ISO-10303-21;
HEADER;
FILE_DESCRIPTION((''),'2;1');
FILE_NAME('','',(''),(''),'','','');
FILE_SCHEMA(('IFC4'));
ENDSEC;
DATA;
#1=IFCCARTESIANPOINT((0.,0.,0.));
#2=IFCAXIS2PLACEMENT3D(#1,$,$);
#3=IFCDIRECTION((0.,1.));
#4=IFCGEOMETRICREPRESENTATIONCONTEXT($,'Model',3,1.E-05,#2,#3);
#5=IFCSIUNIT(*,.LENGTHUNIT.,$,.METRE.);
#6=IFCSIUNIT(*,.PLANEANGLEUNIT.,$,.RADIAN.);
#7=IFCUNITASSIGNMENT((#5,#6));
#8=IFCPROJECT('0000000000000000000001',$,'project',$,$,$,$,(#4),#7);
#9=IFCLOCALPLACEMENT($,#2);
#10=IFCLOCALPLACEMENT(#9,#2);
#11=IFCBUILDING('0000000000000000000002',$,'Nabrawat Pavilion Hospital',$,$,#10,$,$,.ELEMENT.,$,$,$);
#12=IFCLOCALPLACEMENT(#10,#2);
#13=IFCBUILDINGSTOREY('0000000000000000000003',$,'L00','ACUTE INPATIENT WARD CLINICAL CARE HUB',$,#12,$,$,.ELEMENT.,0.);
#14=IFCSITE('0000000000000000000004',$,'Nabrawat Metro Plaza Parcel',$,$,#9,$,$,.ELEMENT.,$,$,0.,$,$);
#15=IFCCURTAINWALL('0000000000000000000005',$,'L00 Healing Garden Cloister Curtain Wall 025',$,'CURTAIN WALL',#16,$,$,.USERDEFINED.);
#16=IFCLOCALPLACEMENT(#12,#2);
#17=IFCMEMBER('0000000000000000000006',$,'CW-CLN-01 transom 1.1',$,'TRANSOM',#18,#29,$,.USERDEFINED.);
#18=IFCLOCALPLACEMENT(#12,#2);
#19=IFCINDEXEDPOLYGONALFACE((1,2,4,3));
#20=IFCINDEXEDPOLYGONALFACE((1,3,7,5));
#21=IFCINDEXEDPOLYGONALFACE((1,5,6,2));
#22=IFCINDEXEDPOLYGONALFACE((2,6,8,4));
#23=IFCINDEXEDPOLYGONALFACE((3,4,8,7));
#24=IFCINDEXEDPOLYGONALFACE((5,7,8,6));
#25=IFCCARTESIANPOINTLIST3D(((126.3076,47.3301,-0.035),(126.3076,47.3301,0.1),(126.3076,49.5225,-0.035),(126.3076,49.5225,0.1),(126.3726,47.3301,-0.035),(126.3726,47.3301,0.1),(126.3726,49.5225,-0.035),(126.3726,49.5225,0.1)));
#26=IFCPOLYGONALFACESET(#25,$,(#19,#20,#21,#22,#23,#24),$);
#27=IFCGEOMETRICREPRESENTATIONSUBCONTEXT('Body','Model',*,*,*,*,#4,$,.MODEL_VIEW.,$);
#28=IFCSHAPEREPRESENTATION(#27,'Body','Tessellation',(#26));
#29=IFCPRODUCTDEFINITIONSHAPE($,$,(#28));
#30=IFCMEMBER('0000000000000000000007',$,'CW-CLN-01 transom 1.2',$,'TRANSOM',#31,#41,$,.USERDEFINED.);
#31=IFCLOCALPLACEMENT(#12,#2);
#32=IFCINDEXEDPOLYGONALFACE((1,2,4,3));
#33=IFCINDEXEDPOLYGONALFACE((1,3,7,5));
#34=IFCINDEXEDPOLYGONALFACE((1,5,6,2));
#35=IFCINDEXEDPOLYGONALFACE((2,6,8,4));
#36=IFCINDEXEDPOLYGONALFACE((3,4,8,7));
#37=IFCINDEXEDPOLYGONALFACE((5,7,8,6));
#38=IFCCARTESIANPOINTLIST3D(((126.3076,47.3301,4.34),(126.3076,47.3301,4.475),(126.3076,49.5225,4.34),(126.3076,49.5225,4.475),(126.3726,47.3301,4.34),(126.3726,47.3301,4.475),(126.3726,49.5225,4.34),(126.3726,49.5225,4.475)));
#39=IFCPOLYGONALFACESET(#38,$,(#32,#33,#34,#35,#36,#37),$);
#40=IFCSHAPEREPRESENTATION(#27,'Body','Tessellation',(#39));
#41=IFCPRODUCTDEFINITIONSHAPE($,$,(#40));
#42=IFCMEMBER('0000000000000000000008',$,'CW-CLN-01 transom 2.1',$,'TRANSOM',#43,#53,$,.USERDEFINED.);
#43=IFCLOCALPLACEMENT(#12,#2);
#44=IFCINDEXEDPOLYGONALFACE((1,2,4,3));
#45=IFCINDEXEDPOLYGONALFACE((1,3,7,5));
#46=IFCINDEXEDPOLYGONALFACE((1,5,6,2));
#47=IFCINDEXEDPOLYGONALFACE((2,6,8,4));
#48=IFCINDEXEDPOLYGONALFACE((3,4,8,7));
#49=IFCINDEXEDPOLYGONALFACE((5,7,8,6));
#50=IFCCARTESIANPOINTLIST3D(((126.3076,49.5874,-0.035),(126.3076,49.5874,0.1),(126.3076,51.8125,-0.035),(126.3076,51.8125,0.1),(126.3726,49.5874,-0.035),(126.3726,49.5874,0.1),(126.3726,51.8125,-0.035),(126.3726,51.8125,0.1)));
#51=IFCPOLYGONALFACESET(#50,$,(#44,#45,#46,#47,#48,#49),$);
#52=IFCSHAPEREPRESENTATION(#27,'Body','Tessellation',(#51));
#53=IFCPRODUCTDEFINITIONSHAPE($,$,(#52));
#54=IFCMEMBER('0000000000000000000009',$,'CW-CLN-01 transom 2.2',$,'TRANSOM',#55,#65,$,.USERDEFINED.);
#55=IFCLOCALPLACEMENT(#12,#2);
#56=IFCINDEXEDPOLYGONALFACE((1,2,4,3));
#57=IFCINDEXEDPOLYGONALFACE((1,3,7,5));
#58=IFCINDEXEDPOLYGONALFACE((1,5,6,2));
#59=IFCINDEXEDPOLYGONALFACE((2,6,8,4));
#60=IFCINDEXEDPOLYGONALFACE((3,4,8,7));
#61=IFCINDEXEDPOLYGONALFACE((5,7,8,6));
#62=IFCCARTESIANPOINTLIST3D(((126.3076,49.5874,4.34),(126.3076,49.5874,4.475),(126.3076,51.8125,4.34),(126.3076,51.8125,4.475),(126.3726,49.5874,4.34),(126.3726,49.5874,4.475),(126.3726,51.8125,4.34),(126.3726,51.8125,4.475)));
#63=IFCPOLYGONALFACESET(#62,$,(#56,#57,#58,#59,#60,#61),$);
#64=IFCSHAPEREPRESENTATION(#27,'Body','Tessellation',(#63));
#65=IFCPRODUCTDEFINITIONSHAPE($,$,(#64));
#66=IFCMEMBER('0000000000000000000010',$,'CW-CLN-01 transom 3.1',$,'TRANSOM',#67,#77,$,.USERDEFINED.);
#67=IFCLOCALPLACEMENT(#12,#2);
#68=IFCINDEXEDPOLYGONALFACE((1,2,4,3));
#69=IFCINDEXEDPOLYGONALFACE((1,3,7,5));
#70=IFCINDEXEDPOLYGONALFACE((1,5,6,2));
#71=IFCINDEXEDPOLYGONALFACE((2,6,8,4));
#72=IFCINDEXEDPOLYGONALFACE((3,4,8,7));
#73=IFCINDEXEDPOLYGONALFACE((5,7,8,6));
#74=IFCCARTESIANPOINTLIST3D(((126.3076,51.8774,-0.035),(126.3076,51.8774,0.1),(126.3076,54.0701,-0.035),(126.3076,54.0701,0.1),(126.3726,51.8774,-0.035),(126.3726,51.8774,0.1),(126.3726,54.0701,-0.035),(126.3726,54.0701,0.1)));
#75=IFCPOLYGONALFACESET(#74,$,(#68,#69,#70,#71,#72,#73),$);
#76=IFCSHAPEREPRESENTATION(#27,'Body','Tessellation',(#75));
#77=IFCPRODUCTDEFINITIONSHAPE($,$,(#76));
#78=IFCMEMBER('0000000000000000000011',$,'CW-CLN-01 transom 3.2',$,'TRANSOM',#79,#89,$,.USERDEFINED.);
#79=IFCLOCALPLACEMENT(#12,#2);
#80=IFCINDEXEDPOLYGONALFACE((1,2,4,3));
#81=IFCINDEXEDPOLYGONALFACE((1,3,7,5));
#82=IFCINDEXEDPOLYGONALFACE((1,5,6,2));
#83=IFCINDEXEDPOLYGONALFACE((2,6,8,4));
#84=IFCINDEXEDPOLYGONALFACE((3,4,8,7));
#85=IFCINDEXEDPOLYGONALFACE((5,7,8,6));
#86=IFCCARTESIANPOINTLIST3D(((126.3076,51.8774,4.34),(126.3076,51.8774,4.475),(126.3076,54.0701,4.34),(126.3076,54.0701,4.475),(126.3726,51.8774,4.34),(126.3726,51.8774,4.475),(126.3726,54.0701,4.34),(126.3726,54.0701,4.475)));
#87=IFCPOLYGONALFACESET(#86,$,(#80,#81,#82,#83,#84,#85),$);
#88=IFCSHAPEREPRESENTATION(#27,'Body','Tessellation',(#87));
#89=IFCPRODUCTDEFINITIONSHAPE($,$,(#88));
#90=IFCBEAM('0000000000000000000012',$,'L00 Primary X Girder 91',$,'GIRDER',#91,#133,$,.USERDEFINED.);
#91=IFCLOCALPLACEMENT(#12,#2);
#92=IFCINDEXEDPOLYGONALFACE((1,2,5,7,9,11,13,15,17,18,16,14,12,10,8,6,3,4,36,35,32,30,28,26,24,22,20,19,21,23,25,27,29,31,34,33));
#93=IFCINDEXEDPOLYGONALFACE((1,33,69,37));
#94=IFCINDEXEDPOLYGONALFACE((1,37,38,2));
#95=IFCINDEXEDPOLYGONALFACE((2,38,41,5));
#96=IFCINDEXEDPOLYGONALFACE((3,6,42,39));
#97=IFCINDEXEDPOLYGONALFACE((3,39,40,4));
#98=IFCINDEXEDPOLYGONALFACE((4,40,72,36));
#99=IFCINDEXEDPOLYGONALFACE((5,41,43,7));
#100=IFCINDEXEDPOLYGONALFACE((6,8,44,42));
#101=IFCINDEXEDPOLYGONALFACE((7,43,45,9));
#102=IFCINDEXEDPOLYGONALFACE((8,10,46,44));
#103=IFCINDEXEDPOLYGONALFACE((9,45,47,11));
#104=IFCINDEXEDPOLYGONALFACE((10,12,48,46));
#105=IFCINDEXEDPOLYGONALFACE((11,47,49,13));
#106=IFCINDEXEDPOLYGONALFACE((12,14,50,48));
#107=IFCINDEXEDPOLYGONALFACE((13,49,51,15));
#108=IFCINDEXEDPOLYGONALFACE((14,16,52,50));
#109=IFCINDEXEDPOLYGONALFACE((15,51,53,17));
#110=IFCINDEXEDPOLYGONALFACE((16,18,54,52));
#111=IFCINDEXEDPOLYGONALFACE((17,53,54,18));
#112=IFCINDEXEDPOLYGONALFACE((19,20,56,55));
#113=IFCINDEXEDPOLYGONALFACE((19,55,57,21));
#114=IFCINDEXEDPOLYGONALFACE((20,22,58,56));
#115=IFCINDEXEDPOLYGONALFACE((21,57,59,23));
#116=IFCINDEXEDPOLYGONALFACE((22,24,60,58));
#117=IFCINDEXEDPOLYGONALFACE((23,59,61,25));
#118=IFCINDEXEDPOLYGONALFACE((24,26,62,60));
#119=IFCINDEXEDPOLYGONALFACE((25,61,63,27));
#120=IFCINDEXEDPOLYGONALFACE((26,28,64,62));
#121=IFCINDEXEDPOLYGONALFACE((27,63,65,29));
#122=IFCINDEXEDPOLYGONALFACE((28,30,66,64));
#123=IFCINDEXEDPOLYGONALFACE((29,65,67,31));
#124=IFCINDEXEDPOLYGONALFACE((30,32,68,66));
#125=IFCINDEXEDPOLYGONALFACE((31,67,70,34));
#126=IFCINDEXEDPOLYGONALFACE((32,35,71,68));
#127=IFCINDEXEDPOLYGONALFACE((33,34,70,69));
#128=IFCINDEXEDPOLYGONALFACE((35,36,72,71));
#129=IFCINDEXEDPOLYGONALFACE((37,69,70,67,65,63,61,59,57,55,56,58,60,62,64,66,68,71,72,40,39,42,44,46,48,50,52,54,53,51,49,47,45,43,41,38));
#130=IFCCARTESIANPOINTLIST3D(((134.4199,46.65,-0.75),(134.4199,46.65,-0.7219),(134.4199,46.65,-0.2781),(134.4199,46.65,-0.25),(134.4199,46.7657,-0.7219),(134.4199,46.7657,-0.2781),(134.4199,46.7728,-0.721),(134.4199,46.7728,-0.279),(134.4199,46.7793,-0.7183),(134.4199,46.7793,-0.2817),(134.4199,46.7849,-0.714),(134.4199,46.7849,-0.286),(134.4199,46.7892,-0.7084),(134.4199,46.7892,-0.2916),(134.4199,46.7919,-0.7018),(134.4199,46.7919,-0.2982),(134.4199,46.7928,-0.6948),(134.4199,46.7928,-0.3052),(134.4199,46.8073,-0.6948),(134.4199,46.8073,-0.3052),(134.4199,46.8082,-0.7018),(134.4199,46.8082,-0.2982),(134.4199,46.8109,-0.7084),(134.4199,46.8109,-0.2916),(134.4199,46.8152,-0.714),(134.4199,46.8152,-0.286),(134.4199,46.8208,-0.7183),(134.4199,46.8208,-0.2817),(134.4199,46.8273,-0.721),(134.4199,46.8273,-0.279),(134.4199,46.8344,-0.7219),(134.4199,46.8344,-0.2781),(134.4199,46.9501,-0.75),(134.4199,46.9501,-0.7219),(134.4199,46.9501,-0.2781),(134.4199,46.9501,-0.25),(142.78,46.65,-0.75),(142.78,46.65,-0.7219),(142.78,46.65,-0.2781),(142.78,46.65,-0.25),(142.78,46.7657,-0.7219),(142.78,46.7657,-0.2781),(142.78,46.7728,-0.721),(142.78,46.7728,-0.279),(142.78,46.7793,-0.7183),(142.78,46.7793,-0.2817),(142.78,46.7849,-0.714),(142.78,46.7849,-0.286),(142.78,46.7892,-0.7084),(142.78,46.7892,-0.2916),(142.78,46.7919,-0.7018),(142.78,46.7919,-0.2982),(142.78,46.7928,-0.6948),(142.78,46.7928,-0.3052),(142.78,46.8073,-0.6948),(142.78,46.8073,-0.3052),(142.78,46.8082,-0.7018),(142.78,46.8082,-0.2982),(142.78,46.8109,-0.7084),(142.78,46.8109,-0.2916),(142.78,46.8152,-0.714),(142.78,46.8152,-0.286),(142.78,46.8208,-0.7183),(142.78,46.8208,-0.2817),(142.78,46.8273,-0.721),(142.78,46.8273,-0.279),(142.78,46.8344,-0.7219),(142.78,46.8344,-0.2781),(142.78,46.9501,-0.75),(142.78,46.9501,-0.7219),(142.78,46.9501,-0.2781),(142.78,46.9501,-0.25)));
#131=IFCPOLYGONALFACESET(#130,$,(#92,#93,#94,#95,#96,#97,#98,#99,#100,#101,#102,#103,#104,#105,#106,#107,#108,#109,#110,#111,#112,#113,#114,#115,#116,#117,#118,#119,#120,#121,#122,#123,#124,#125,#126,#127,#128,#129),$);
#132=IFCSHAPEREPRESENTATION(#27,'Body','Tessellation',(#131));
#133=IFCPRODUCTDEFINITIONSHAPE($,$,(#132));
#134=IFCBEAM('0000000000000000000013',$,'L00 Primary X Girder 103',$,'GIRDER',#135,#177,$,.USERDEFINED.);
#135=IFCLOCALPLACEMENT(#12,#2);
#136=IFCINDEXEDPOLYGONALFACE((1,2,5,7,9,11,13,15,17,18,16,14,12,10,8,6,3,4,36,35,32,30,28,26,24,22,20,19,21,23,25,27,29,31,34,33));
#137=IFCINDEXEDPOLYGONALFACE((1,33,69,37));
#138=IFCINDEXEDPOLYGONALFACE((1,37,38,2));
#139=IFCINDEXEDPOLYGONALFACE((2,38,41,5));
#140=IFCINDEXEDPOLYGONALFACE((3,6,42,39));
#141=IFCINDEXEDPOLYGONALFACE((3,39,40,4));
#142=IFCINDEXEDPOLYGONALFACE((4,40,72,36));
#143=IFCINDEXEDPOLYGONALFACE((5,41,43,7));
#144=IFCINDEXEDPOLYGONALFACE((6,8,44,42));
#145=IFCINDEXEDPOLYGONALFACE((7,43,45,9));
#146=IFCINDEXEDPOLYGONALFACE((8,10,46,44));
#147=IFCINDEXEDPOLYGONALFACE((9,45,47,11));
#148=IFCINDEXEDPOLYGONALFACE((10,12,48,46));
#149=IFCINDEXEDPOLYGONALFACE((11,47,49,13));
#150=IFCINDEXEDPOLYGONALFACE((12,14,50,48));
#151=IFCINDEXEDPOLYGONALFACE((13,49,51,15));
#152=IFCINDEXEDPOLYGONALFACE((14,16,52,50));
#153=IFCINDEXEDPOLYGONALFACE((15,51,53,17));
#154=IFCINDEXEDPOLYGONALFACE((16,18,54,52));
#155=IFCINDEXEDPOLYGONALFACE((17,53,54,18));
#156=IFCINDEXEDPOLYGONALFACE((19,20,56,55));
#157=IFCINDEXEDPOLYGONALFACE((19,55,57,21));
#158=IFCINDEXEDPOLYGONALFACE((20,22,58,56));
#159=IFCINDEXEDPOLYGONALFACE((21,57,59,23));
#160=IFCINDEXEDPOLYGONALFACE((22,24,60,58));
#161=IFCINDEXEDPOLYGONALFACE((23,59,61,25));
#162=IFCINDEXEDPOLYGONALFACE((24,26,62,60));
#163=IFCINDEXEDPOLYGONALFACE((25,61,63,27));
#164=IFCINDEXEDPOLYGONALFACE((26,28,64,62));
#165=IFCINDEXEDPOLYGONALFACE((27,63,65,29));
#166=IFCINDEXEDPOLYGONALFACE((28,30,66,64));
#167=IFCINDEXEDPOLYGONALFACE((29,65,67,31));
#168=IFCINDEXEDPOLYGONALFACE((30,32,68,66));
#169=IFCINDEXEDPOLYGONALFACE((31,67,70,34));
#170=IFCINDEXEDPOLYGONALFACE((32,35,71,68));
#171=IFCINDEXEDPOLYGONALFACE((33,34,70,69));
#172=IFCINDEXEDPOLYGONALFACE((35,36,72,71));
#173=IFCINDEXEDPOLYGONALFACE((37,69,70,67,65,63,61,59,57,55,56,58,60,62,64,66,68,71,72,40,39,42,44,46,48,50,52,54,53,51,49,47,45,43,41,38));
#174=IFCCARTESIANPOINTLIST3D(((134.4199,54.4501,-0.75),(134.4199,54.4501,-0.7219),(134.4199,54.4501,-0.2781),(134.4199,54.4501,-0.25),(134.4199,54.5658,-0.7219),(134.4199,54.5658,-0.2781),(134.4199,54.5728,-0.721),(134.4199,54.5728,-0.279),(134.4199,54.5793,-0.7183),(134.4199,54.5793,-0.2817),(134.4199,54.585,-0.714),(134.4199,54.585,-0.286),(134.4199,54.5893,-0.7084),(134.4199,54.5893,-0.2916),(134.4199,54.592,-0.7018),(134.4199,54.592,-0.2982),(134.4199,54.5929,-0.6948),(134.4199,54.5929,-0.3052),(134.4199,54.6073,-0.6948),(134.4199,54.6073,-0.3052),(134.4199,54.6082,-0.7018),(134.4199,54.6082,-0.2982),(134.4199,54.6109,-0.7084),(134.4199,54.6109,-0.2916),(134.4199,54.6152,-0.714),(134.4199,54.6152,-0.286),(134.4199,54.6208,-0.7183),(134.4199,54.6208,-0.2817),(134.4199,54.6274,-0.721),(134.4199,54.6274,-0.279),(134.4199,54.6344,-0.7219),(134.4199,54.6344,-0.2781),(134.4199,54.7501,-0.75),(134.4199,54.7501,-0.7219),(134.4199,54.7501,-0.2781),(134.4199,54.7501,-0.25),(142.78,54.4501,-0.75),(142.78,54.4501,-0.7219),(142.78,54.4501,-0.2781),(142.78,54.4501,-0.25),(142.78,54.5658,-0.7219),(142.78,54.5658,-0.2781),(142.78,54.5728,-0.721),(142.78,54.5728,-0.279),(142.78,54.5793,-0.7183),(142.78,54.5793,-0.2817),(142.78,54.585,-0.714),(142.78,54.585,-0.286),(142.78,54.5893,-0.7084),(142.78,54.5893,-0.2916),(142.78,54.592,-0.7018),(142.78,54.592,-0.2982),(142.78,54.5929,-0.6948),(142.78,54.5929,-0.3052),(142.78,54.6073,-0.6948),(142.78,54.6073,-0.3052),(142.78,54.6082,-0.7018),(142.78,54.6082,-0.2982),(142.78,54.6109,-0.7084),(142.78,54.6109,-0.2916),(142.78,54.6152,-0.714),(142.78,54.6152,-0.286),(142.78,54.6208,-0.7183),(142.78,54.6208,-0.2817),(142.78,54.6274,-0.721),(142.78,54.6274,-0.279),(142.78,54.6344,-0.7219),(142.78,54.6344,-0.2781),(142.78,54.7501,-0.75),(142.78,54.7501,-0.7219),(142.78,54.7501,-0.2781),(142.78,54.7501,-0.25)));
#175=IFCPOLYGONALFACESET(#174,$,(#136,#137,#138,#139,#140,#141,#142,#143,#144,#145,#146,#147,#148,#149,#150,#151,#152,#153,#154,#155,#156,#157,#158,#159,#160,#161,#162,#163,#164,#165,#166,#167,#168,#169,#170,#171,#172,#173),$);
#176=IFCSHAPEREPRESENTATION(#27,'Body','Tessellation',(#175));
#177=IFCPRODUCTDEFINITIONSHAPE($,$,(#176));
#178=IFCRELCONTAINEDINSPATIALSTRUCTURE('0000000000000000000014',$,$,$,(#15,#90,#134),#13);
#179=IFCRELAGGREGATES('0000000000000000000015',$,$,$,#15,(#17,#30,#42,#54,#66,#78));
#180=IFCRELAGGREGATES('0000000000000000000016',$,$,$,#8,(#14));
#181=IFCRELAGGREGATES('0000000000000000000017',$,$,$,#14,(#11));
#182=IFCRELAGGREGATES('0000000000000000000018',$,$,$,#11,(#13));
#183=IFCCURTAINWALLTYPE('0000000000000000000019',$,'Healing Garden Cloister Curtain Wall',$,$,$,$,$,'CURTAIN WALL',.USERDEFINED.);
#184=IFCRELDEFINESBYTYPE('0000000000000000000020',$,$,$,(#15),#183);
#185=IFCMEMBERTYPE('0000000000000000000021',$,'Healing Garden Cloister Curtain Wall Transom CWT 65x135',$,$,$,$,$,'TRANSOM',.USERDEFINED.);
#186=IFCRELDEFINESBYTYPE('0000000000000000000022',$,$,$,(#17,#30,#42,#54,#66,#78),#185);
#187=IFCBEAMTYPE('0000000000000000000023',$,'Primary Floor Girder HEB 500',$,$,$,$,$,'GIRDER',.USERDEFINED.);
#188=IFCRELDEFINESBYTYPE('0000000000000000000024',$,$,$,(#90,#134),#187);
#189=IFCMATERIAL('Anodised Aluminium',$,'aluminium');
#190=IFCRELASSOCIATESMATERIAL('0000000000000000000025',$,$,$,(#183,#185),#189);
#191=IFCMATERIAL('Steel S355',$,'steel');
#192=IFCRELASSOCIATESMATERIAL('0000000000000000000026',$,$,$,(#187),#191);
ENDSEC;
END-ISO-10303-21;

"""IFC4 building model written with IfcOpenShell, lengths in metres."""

from ifc_helpers import new_model, si_unit, direction, frame, origin, origin_2d, place, context, subcontext, project, spatial, rectangle, i_section, extrude, material, material_profile, profile_set, type_object, element, aggregate, save


model = new_model("IFC4")

# Units and contexts
model_context = context("Model", 3, precision=1e-05, world=origin(), true_north=direction((0.0, 1.0)))
body_context = subcontext(model_context, "Body", "Model", "MODEL_VIEW")
ifc_project = project(units=[si_unit("LENGTHUNIT", "METRE"), si_unit("PLANEANGLEUNIT", "RADIAN")], contexts=[model_context])

# Site, building, storey
site_placement = place(None, origin())
site = spatial("IfcSite", under=ifc_project, at=site_placement, Name="Nabrawat Metro Plaza Parcel", CompositionType="ELEMENT", RefElevation=0.0)
building_placement = place(site_placement, origin())
building = spatial("IfcBuilding", under=site, at=building_placement, Name="Nabrawat Pavilion Hospital", CompositionType="ELEMENT")
storey_placement = place(building_placement, origin())
storey = spatial("IfcBuildingStorey", under=building, at=storey_placement, Name="L00", Description="ACUTE INPATIENT WARD CLINICAL CARE HUB", CompositionType="ELEMENT", Elevation=0.0)

# Shared definitions
ifc_material_1 = material(Name="Steel S355", Category="steel")

# Curtain wall, members
ifc_material_2 = material(Name="Anodised Aluminium", Category="aluminium")
curtain_wall_type = type_object("IfcCurtainWallType", Name="Healing Garden Cloister Curtain Wall", ElementType="CURTAIN WALL", PredefinedType="USERDEFINED", material=ifc_material_2)
curtain_wall_placement = place(storey_placement, origin())
curtain_wall = element("IfcCurtainWall", 1, at=curtain_wall_placement, inside=storey, type_object=curtain_wall_type, Name="L00 Healing Garden Cloister Curtain Wall 025", ObjectType="CURTAIN WALL", PredefinedType="USERDEFINED")
ifc_material_profile_1 = material_profile(ifc_material_2, rectangle(XDim=0.0649, YDim=0.135, at=origin_2d()), Name="CWT 65x135")
ifc_profile_set_1 = profile_set([ifc_material_profile_1], Name="Anodised Aluminium")
member_type_1 = type_object("IfcMemberType", Name="Healing Garden Cloister Curtain Wall Transom CWT 65x135", ElementType="TRANSOM", PredefinedType="USERDEFINED", material=ifc_profile_set_1)
member_1_placement = place(storey_placement, frame((126.3401, 47.3301, 0.0325), z_axis=(0.0, 1.0, 0.0), x_axis=(-1.0, 0.0, 0.0)))
member_1 = element("IfcMember", 2, at=member_1_placement, type_object=member_type_1, Name="CW-CLN-01 transom 1.1", ObjectType="TRANSOM", PredefinedType="USERDEFINED", context=body_context, shape_type="SweptSolid", body=[
    extrude(rectangle(XDim=0.0649, YDim=0.135, at=origin_2d()), origin(), (0.0, 0.0, 1.0), 2.1924),
])
member_2_placement = place(storey_placement, frame((126.3401, 47.3301, 4.4075), z_axis=(0.0, 1.0, 0.0), x_axis=(-1.0, 0.0, 0.0)))
member_2 = element("IfcMember", 3, at=member_2_placement, type_object=member_type_1, Name="CW-CLN-01 transom 1.2", ObjectType="TRANSOM", PredefinedType="USERDEFINED", context=body_context, shape_type="SweptSolid", body=[
    extrude(rectangle(XDim=0.0649, YDim=0.135, at=origin_2d()), origin(), (0.0, 0.0, 1.0), 2.1924),
])
member_3_placement = place(storey_placement, frame((126.3401, 49.5874, 0.0325), z_axis=(0.0, 1.0, 0.0), x_axis=(-1.0, 0.0, 0.0)))
member_3 = element("IfcMember", 4, at=member_3_placement, type_object=member_type_1, Name="CW-CLN-01 transom 2.1", ObjectType="TRANSOM", PredefinedType="USERDEFINED", context=body_context, shape_type="SweptSolid", body=[
    extrude(rectangle(XDim=0.0649, YDim=0.135, at=origin_2d()), origin(), (0.0, 0.0, 1.0), 2.2251),
])
member_4_placement = place(storey_placement, frame((126.3401, 49.5874, 4.4075), z_axis=(0.0, 1.0, 0.0), x_axis=(-1.0, 0.0, 0.0)))
member_4 = element("IfcMember", 5, at=member_4_placement, type_object=member_type_1, Name="CW-CLN-01 transom 2.2", ObjectType="TRANSOM", PredefinedType="USERDEFINED", context=body_context, shape_type="SweptSolid", body=[
    extrude(rectangle(XDim=0.0649, YDim=0.135, at=origin_2d()), origin(), (0.0, 0.0, 1.0), 2.2251),
])
member_5_placement = place(storey_placement, frame((126.3401, 51.8774, 0.0325), z_axis=(0.0, 1.0, 0.0), x_axis=(-1.0, 0.0, 0.0)))
member_5 = element("IfcMember", 6, at=member_5_placement, type_object=member_type_1, Name="CW-CLN-01 transom 3.1", ObjectType="TRANSOM", PredefinedType="USERDEFINED", context=body_context, shape_type="SweptSolid", body=[
    extrude(rectangle(XDim=0.0649, YDim=0.135, at=origin_2d()), origin(), (0.0, 0.0, 1.0), 2.1926),
])
member_6_placement = place(storey_placement, frame((126.3401, 51.8774, 4.4075), z_axis=(0.0, 1.0, 0.0), x_axis=(-1.0, 0.0, 0.0)))
member_6 = element("IfcMember", 7, at=member_6_placement, type_object=member_type_1, Name="CW-CLN-01 transom 3.2", ObjectType="TRANSOM", PredefinedType="USERDEFINED", context=body_context, shape_type="SweptSolid", body=[
    extrude(rectangle(XDim=0.0649, YDim=0.135, at=origin_2d()), origin(), (0.0, 0.0, 1.0), 2.1926),
])

# Beams
ifc_material_profile_2 = material_profile(ifc_material_1, i_section(OverallWidth=0.3, OverallDepth=0.5, WebThickness=0.0144, FlangeThickness=0.0281, FilletRadius=0.0271, at=origin_2d()), Name="HEB 500")
ifc_profile_set_2 = profile_set([ifc_material_profile_2], Name="Steel S355")
beam_type_1 = type_object("IfcBeamType", Name="Primary Floor Girder HEB 500", ElementType="GIRDER", PredefinedType="USERDEFINED", material=ifc_profile_set_2)
for number, where, z_axis, x_axis, name in (
    (8, (134.4199, 46.8, -0.5), (1.0, 0.0, 0.0), (0.0, 1.0, 0.0), "L00 Primary X Girder 91"),
    (9, (134.4199, 54.6001, -0.5), (1.0, 0.0, 0.0), (0.0, 1.0, 0.0), "L00 Primary X Girder 103"),
):
    element("IfcBeam", number, at=place(storey_placement, frame(where, z_axis=z_axis, x_axis=x_axis)), inside=storey, type_object=beam_type_1, Name=name, ObjectType="GIRDER", PredefinedType="USERDEFINED", context=body_context, shape_type="SweptSolid", body=[
        extrude(i_section(OverallWidth=0.3, OverallDepth=0.5, WebThickness=0.0144, FlangeThickness=0.0281, FilletRadius=0.0271, at=origin_2d()), origin(), (0.0, 0.0, 1.0), 8.3601),
    ])

aggregate(curtain_wall, [member_1, member_2, member_3, member_4, member_5, member_6])

save(model, "model.ifc")
